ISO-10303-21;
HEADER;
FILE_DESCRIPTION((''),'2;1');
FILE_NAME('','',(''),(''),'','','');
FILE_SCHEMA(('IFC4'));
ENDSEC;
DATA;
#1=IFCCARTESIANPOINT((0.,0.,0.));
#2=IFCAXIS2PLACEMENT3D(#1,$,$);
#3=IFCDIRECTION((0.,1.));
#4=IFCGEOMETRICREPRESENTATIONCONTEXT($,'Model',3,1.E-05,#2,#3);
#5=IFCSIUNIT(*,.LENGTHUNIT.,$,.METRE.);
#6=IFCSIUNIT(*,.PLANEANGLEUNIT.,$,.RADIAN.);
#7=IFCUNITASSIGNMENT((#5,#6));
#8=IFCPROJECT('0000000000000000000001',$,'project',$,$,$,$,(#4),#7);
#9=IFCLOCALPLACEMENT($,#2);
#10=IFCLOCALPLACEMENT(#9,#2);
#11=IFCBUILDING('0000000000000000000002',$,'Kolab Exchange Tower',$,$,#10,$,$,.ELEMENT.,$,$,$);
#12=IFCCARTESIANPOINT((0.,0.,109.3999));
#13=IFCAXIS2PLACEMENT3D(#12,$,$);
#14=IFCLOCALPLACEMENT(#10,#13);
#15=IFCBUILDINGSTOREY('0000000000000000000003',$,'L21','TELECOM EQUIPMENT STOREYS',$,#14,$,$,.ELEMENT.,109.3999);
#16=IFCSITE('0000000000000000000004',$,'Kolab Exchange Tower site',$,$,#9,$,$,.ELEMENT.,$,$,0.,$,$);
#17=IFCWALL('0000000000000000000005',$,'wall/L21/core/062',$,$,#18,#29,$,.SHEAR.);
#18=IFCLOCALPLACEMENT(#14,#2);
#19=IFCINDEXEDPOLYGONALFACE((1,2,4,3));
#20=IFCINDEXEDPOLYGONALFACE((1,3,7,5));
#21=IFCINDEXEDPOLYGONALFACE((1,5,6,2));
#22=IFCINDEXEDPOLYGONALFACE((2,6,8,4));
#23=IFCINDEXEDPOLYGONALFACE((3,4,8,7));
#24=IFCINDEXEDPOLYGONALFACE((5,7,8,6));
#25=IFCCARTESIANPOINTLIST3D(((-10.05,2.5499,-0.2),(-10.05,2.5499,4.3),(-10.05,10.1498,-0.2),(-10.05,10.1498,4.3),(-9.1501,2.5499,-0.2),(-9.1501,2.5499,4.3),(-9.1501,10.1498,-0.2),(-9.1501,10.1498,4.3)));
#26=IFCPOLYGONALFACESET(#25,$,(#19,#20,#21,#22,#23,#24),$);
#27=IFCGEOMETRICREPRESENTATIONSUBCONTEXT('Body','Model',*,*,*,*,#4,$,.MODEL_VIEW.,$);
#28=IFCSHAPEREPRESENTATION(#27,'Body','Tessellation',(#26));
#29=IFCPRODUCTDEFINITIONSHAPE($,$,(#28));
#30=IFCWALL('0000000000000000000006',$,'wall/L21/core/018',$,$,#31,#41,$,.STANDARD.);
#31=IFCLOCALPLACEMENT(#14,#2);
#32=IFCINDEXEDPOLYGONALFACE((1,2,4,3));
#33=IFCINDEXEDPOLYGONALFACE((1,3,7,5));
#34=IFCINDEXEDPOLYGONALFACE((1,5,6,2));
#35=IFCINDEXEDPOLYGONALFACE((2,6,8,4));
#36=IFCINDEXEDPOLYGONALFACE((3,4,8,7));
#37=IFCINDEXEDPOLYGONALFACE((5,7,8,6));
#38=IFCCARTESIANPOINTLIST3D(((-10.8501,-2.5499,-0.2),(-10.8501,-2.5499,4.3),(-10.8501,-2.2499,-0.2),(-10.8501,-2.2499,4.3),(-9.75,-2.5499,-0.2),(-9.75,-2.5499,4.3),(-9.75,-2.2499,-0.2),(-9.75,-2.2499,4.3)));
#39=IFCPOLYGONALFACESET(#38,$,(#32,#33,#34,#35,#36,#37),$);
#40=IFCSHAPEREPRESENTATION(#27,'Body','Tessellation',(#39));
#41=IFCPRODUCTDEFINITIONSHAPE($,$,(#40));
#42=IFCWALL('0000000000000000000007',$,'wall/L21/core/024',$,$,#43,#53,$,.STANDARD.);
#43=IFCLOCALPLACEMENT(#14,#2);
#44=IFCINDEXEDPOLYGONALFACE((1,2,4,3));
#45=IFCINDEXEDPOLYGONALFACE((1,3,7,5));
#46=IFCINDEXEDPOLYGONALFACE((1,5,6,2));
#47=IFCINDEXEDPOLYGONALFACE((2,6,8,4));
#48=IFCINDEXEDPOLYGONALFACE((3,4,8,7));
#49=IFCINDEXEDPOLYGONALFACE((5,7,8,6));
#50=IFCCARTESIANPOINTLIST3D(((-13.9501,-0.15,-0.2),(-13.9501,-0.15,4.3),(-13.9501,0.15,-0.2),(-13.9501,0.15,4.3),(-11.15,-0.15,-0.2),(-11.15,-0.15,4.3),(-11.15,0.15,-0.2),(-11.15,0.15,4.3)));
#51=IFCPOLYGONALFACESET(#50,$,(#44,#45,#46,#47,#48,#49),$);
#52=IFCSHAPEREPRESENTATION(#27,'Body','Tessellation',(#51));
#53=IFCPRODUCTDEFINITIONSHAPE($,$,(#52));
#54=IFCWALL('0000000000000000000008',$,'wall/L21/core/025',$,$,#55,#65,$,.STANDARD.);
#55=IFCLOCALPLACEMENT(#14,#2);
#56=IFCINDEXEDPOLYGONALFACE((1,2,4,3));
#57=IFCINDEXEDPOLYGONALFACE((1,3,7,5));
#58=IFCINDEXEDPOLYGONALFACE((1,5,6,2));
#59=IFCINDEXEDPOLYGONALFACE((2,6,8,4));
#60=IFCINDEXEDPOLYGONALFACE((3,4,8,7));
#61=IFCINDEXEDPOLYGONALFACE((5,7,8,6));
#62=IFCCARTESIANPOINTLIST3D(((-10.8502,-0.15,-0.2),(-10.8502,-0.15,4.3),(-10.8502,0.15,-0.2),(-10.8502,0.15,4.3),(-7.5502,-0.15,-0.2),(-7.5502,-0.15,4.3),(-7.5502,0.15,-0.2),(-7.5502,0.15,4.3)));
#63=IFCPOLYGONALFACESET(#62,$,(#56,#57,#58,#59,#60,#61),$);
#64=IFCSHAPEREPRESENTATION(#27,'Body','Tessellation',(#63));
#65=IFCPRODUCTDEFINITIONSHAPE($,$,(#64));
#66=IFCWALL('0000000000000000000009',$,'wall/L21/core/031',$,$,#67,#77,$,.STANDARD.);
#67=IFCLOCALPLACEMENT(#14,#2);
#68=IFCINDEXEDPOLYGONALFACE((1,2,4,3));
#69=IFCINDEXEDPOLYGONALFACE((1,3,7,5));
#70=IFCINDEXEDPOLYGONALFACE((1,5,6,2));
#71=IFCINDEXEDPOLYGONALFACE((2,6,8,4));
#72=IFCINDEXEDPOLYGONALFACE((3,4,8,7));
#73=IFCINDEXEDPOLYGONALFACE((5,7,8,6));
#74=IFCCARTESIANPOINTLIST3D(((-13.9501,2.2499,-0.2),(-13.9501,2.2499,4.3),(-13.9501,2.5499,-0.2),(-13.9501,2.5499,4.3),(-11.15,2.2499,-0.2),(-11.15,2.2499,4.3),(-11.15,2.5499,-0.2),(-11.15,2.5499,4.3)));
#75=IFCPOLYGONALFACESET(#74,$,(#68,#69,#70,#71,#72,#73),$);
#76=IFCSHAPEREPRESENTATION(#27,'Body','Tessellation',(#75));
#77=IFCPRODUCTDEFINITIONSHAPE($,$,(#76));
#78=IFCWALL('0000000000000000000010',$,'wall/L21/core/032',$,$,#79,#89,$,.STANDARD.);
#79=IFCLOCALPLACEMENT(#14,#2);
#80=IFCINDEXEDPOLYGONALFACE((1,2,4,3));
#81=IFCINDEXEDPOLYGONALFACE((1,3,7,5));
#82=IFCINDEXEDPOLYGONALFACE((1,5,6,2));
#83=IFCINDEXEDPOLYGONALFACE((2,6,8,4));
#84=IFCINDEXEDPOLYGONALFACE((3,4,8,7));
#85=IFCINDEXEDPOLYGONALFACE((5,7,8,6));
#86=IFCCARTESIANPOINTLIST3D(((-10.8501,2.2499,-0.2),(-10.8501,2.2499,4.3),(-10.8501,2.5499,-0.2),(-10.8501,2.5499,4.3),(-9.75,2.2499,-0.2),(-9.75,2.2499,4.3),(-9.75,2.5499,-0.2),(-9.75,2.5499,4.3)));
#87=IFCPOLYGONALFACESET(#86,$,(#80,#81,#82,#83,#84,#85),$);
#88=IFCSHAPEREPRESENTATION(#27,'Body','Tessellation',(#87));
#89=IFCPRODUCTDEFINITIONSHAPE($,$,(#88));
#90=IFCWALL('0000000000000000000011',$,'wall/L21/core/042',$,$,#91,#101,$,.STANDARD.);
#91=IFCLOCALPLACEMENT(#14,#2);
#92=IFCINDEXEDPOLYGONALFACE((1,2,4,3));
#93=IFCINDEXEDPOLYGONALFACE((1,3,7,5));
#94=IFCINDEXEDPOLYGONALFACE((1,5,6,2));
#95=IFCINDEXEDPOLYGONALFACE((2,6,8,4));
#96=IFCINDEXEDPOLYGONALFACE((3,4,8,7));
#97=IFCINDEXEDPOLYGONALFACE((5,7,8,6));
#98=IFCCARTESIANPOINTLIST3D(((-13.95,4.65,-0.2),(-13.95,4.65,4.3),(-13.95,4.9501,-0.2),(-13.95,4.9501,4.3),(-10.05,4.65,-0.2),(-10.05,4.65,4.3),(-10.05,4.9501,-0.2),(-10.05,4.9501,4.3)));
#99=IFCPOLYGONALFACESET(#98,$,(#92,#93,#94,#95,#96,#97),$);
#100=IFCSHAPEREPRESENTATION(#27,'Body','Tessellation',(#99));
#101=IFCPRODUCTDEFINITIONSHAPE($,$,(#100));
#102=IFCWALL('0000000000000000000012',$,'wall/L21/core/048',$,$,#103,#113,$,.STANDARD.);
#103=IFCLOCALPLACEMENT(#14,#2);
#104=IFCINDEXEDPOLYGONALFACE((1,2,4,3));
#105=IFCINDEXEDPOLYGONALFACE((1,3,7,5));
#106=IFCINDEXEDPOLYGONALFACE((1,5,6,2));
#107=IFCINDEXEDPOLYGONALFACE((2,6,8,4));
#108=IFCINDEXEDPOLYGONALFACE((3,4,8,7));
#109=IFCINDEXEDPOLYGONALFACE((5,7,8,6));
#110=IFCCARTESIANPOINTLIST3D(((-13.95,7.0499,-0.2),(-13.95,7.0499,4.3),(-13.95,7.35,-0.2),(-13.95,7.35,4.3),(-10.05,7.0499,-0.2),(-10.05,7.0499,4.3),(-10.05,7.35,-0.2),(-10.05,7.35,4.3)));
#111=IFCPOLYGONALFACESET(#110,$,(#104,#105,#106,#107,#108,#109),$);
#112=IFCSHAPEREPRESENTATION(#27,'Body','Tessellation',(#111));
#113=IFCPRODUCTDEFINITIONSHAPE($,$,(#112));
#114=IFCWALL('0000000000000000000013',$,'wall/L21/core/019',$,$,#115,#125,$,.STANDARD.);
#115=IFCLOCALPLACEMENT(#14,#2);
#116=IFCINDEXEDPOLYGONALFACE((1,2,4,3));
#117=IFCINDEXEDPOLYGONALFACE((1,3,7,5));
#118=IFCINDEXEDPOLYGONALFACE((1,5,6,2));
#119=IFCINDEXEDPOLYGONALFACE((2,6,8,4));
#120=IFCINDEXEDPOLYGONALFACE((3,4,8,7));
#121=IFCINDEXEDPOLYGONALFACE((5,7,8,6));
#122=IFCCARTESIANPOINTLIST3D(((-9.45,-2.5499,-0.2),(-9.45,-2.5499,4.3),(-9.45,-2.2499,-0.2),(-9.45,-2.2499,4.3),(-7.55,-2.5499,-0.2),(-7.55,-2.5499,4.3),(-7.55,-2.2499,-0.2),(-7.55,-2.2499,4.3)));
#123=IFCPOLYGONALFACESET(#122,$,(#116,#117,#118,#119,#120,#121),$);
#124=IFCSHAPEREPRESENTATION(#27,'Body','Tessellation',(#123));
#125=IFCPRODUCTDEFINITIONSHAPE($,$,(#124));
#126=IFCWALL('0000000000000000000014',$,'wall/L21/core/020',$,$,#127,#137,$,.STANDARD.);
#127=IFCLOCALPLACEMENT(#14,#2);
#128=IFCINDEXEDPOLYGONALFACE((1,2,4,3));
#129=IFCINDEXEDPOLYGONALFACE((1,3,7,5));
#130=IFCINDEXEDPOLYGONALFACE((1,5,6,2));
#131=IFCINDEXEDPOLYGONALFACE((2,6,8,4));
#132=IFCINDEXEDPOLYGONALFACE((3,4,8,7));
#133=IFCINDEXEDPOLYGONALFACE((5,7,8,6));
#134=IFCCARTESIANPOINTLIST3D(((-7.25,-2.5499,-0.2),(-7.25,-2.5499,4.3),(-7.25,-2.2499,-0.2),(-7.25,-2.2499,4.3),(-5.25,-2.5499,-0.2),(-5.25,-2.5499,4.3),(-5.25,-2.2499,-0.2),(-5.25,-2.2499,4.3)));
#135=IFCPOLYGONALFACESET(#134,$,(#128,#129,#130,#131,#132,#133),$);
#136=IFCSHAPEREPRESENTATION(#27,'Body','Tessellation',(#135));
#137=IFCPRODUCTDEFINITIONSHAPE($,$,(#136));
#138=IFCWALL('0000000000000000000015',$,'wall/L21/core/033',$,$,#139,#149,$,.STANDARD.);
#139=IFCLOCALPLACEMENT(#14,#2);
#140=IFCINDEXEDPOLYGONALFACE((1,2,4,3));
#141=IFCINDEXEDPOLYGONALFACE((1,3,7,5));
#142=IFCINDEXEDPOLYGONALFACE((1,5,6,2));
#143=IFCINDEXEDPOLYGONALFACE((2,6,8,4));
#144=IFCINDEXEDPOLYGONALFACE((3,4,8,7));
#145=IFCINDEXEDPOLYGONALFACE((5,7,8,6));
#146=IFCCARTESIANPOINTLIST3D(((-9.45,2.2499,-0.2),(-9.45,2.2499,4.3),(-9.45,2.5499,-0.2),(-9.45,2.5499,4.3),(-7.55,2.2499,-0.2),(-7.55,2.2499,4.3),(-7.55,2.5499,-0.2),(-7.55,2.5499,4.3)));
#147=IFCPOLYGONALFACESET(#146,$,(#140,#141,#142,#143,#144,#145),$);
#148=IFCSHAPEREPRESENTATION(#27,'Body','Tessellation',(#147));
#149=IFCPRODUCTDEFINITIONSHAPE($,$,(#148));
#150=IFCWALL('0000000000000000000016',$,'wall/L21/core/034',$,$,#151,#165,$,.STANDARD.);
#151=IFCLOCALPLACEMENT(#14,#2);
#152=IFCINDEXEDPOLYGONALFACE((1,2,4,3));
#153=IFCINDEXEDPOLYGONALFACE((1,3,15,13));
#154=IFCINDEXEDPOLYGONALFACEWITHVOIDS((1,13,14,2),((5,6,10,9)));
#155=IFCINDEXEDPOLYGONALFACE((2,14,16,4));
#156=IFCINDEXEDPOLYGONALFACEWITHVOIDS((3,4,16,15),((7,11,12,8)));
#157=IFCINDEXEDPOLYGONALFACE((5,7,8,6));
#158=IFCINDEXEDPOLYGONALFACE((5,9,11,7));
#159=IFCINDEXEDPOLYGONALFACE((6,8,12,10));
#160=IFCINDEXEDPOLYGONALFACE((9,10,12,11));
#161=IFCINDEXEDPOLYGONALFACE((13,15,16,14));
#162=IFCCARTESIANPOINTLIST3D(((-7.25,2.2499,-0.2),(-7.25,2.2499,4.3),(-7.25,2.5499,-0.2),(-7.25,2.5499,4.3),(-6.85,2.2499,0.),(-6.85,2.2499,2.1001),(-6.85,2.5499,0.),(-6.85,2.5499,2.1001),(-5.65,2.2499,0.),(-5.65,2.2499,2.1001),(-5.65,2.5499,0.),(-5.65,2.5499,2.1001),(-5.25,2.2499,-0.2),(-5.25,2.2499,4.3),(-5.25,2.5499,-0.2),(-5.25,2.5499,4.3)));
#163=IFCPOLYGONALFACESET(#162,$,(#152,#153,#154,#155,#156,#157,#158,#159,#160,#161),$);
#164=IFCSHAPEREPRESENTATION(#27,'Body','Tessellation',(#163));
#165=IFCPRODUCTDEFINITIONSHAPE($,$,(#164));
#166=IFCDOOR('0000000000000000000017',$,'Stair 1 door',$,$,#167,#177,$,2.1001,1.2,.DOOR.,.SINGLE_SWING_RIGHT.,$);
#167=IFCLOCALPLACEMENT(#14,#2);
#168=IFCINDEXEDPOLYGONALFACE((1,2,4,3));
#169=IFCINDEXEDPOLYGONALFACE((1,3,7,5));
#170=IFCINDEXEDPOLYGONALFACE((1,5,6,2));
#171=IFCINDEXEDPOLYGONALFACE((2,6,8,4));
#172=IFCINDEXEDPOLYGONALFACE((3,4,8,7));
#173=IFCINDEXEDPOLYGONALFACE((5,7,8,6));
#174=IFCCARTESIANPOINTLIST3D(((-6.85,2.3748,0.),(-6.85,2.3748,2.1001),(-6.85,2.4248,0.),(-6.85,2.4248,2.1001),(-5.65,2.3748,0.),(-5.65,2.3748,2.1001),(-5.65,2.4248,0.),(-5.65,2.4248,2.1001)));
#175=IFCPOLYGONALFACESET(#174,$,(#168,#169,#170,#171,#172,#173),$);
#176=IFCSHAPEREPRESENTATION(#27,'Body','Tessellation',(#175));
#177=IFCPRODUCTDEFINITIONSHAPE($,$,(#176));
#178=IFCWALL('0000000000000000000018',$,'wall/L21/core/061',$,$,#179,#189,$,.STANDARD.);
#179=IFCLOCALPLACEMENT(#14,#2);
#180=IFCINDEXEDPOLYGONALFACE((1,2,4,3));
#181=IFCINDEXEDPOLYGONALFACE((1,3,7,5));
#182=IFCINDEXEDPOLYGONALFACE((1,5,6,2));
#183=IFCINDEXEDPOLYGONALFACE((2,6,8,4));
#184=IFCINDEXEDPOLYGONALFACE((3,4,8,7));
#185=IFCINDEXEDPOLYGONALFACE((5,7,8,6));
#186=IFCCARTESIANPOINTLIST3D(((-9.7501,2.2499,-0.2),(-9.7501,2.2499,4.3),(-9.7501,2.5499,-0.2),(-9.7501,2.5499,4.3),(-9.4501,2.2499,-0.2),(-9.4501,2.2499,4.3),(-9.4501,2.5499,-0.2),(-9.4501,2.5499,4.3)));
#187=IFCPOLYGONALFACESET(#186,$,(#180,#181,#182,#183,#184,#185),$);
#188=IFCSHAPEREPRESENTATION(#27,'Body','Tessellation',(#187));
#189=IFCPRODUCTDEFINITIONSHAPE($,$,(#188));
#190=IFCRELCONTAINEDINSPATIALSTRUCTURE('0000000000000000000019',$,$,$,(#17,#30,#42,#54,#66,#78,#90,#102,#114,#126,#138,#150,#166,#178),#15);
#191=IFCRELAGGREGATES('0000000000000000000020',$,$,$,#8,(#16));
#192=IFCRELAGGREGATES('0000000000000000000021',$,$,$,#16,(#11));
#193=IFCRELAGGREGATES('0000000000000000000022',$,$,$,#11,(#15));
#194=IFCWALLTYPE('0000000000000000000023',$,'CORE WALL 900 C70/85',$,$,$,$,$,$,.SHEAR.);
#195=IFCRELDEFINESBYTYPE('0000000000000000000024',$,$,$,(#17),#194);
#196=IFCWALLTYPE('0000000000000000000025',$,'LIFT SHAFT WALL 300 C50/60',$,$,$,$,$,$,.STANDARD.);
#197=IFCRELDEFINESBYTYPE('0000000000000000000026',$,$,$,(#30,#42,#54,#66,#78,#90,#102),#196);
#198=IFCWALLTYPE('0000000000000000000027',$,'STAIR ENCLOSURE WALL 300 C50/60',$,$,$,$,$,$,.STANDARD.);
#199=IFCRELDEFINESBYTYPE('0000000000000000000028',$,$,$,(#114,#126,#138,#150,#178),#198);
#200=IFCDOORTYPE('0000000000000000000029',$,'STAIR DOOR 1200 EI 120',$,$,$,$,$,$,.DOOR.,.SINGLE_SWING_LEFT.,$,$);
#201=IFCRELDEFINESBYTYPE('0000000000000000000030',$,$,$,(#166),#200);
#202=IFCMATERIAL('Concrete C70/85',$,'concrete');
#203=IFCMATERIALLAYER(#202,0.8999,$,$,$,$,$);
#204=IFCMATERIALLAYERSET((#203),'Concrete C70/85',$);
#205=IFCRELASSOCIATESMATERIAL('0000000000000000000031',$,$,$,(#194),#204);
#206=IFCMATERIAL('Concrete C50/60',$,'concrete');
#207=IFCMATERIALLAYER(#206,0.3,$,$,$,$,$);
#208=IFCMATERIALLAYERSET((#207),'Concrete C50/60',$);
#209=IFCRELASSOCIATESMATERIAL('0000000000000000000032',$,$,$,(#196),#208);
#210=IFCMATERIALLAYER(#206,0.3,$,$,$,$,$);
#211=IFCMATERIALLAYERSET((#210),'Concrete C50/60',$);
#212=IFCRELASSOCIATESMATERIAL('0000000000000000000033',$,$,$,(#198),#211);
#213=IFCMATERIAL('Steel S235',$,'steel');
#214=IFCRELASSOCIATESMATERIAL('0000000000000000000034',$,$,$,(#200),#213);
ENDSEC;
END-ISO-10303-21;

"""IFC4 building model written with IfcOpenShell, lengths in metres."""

from ifc_helpers import new_model, si_unit, direction, frame, frame_2d, origin, place, context, subcontext, project, spatial, rectangle, extrude, material, layer, layer_set, type_object, element, fill, save


model = new_model("IFC4")

# Units and contexts
model_context = context("Model", 3, precision=1e-05, world=origin(), true_north=direction((0.0, 1.0)))
body_context = subcontext(model_context, "Body", "Model", "MODEL_VIEW")
ifc_project = project(units=[si_unit("LENGTHUNIT", "METRE"), si_unit("PLANEANGLEUNIT", "RADIAN")], contexts=[model_context])

# Site, building, storey
site_placement = place(None, origin())
site = spatial("IfcSite", under=ifc_project, at=site_placement, Name="Kolab Exchange Tower site", CompositionType="ELEMENT", RefElevation=0.0)
building_placement = place(site_placement, origin())
building = spatial("IfcBuilding", under=site, at=building_placement, Name="Kolab Exchange Tower", CompositionType="ELEMENT")
storey_placement = place(building_placement, frame((0.0, 0.0, 109.3999)))
storey = spatial("IfcBuildingStorey", under=building, at=storey_placement, Name="L21", Description="TELECOM EQUIPMENT STOREYS", CompositionType="ELEMENT", Elevation=109.3999)

# Walls
ifc_material_1 = material(Name="Concrete C70/85", Category="concrete")
ifc_layer_1 = layer(ifc_material_1, 0.8999)
ifc_layer_set_1 = layer_set([ifc_layer_1], Name="Concrete C70/85")
wall_type_1 = type_object("IfcWallType", Name="CORE WALL 900 C70/85", PredefinedType="SHEAR", material=ifc_layer_set_1)
wall_1_placement = place(storey_placement, frame((-9.6001, 2.55, -0.2), z_axis=(0.0, 0.0, 1.0), x_axis=(0.0, 1.0, 0.0)))
element("IfcWall", 1, at=wall_1_placement, inside=storey, type_object=wall_type_1, Name="wall/L21/core/062", PredefinedType="SHEAR", context=body_context, shape_type="SweptSolid", body=[
    extrude(rectangle(XDim=7.5999, YDim=0.8999, at=frame_2d((3.7998, 0.0))), origin(), (0.0, 0.0, 1.0), 4.5),
])
ifc_material_2 = material(Name="Concrete C50/60", Category="concrete")
ifc_layer_2 = layer(ifc_material_2, 0.3)
ifc_layer_set_2 = layer_set([ifc_layer_2], Name="Concrete C50/60")
wall_type_2 = type_object("IfcWallType", Name="LIFT SHAFT WALL 300 C50/60", PredefinedType="STANDARD", material=ifc_layer_set_2)
wall_2_placement = place(storey_placement, frame((-10.8501, -2.3999, -0.2), z_axis=(0.0, 0.0, 1.0), x_axis=(1.0, 0.0, 0.0)))
element("IfcWall", 2, at=wall_2_placement, inside=storey, type_object=wall_type_2, Name="wall/L21/core/018", PredefinedType="STANDARD", context=body_context, shape_type="SweptSolid", body=[
    extrude(rectangle(XDim=1.1001, YDim=0.3, at=frame_2d((0.55, 0.0))), origin(), (0.0, 0.0, 1.0), 4.5),
])
wall_3_placement = place(storey_placement, frame((-13.95, 0.0, -0.2), z_axis=(0.0, 0.0, 1.0), x_axis=(1.0, 0.0, 0.0)))
element("IfcWall", 3, at=wall_3_placement, inside=storey, type_object=wall_type_2, Name="wall/L21/core/024", PredefinedType="STANDARD", context=body_context, shape_type="SweptSolid", body=[
    extrude(rectangle(XDim=2.8, YDim=0.3, at=frame_2d((1.3999, 0.0))), origin(), (0.0, 0.0, 1.0), 4.5),
])
wall_4_placement = place(storey_placement, frame((-10.8501, 0.0, -0.2), z_axis=(0.0, 0.0, 1.0), x_axis=(1.0, 0.0, 0.0)))
element("IfcWall", 4, at=wall_4_placement, inside=storey, type_object=wall_type_2, Name="wall/L21/core/025", PredefinedType="STANDARD", context=body_context, shape_type="SweptSolid", body=[
    extrude(rectangle(XDim=3.3, YDim=0.3, at=frame_2d((1.6499, 0.0))), origin(), (0.0, 0.0, 1.0), 4.5),
])
wall_5_placement = place(storey_placement, frame((-13.95, 2.3999, -0.2), z_axis=(0.0, 0.0, 1.0), x_axis=(1.0, 0.0, 0.0)))
element("IfcWall", 5, at=wall_5_placement, inside=storey, type_object=wall_type_2, Name="wall/L21/core/031", PredefinedType="STANDARD", context=body_context, shape_type="SweptSolid", body=[
    extrude(rectangle(XDim=2.8, YDim=0.3, at=frame_2d((1.3999, 0.0))), origin(), (0.0, 0.0, 1.0), 4.5),
])
wall_6_placement = place(storey_placement, frame((-10.8501, 2.3999, -0.2), z_axis=(0.0, 0.0, 1.0), x_axis=(1.0, 0.0, 0.0)))
element("IfcWall", 6, at=wall_6_placement, inside=storey, type_object=wall_type_2, Name="wall/L21/core/032", PredefinedType="STANDARD", context=body_context, shape_type="SweptSolid", body=[
    extrude(rectangle(XDim=1.1001, YDim=0.3, at=frame_2d((0.55, 0.0))), origin(), (0.0, 0.0, 1.0), 4.5),
])
for number, where, z_axis, x_axis, name in (
    (7, (-13.95, 4.8, -0.2), (0.0, 0.0, 1.0), (1.0, 0.0, 0.0), "wall/L21/core/042"),
    (8, (-13.95, 7.2, -0.2), (0.0, 0.0, 1.0), (1.0, 0.0, 0.0), "wall/L21/core/048"),
):
    element("IfcWall", number, at=place(storey_placement, frame(where, z_axis=z_axis, x_axis=x_axis)), inside=storey, type_object=wall_type_2, Name=name, PredefinedType="STANDARD", context=body_context, shape_type="SweptSolid", body=[
        extrude(rectangle(XDim=3.8999, YDim=0.3, at=frame_2d((1.95, 0.0))), origin(), (0.0, 0.0, 1.0), 4.5),
    ])
ifc_layer_3 = layer(ifc_material_2, 0.3)
ifc_layer_set_3 = layer_set([ifc_layer_3], Name="Concrete C50/60")
wall_type_3 = type_object("IfcWallType", Name="STAIR ENCLOSURE WALL 300 C50/60", PredefinedType="STANDARD", material=ifc_layer_set_3)
wall_7_placement = place(storey_placement, frame((-9.45, -2.3999, -0.2), z_axis=(0.0, 0.0, 1.0), x_axis=(1.0, 0.0, 0.0)))
element("IfcWall", 9, at=wall_7_placement, inside=storey, type_object=wall_type_3, Name="wall/L21/core/019", PredefinedType="STANDARD", context=body_context, shape_type="SweptSolid", body=[
    extrude(rectangle(XDim=1.8999, YDim=0.3, at=frame_2d((0.95, 0.0))), origin(), (0.0, 0.0, 1.0), 4.5),
])
wall_8_placement = place(storey_placement, frame((-7.25, -2.3999, -0.2), z_axis=(0.0, 0.0, 1.0), x_axis=(1.0, 0.0, 0.0)))
element("IfcWall", 10, at=wall_8_placement, inside=storey, type_object=wall_type_3, Name="wall/L21/core/020", PredefinedType="STANDARD", context=body_context, shape_type="SweptSolid", body=[
    extrude(rectangle(XDim=2.0, YDim=0.3, at=frame_2d((1.0, 0.0))), origin(), (0.0, 0.0, 1.0), 4.5),
])
wall_9_placement = place(storey_placement, frame((-9.45, 2.3999, -0.2), z_axis=(0.0, 0.0, 1.0), x_axis=(1.0, 0.0, 0.0)))
element("IfcWall", 11, at=wall_9_placement, inside=storey, type_object=wall_type_3, Name="wall/L21/core/033", PredefinedType="STANDARD", context=body_context, shape_type="SweptSolid", body=[
    extrude(rectangle(XDim=1.8999, YDim=0.3, at=frame_2d((0.95, 0.0))), origin(), (0.0, 0.0, 1.0), 4.5),
])

# Wall, opening, door
wall_10_placement = place(storey_placement, frame((-7.25, 2.3999, -0.2), z_axis=(0.0, 0.0, 1.0), x_axis=(1.0, 0.0, 0.0)))
wall_10 = element("IfcWall", 12, at=wall_10_placement, inside=storey, type_object=wall_type_3, Name="wall/L21/core/034", PredefinedType="STANDARD", context=body_context, shape_type="SweptSolid", body=[
    extrude(rectangle(XDim=2.0, YDim=0.3, at=frame_2d((1.0, 0.0))), origin(), (0.0, 0.0, 1.0), 4.5),
])
opening_1_placement = place(wall_10_placement, frame((0.3999, 0.0, 0.2)))
opening_1 = element("IfcOpeningElement", 13, at=opening_1_placement, cuts=wall_10, PredefinedType="OPENING", context=body_context, shape_type="SweptSolid", body=[
    extrude(rectangle(XDim=1.2, YDim=2.1001, at=frame_2d((0.6001, 1.05))), frame((0.0, 0.1602, 0.0), z_axis=(0.0, -1.0, 0.0), x_axis=(1.0, 0.0, 0.0)), (0.0, 0.0, 1.0), 0.3201),
])
ifc_material_3 = material(Name="Steel S235", Category="steel")
door_type = type_object("IfcDoorType", Name="STAIR DOOR 1200 EI 120", OperationType="SINGLE_SWING_LEFT", PredefinedType="DOOR", material=ifc_material_3)
door_1_placement = place(opening_1_placement, origin())
door_1 = element("IfcDoor", 14, at=door_1_placement, inside=storey, type_object=door_type, Name="Stair 1 door", OperationType="SINGLE_SWING_RIGHT", OverallHeight=2.1001, OverallWidth=1.2, PredefinedType="DOOR", context=body_context, shape_type="SweptSolid", body=[
    extrude(rectangle(XDim=1.2, YDim=2.1001, at=frame_2d((0.6001, 1.05))), frame((0.0, 0.0249, 0.0), z_axis=(0.0, -1.0, 0.0), x_axis=(1.0, 0.0, 0.0)), (0.0, 0.0, 1.0), 0.05),
])
fill(opening_1, door_1)

# Wall
wall_11_placement = place(storey_placement, frame((-9.6001, 2.25, -0.2), z_axis=(0.0, 0.0, 1.0), x_axis=(0.0, 1.0, 0.0)))
element("IfcWall", 15, at=wall_11_placement, inside=storey, type_object=wall_type_3, Name="wall/L21/core/061", PredefinedType="STANDARD", context=body_context, shape_type="SweptSolid", body=[
    extrude(rectangle(XDim=0.3, YDim=0.3, at=frame_2d((0.1499, 0.0))), origin(), (0.0, 0.0, 1.0), 4.5),
])

save(model, "model.ifc")
